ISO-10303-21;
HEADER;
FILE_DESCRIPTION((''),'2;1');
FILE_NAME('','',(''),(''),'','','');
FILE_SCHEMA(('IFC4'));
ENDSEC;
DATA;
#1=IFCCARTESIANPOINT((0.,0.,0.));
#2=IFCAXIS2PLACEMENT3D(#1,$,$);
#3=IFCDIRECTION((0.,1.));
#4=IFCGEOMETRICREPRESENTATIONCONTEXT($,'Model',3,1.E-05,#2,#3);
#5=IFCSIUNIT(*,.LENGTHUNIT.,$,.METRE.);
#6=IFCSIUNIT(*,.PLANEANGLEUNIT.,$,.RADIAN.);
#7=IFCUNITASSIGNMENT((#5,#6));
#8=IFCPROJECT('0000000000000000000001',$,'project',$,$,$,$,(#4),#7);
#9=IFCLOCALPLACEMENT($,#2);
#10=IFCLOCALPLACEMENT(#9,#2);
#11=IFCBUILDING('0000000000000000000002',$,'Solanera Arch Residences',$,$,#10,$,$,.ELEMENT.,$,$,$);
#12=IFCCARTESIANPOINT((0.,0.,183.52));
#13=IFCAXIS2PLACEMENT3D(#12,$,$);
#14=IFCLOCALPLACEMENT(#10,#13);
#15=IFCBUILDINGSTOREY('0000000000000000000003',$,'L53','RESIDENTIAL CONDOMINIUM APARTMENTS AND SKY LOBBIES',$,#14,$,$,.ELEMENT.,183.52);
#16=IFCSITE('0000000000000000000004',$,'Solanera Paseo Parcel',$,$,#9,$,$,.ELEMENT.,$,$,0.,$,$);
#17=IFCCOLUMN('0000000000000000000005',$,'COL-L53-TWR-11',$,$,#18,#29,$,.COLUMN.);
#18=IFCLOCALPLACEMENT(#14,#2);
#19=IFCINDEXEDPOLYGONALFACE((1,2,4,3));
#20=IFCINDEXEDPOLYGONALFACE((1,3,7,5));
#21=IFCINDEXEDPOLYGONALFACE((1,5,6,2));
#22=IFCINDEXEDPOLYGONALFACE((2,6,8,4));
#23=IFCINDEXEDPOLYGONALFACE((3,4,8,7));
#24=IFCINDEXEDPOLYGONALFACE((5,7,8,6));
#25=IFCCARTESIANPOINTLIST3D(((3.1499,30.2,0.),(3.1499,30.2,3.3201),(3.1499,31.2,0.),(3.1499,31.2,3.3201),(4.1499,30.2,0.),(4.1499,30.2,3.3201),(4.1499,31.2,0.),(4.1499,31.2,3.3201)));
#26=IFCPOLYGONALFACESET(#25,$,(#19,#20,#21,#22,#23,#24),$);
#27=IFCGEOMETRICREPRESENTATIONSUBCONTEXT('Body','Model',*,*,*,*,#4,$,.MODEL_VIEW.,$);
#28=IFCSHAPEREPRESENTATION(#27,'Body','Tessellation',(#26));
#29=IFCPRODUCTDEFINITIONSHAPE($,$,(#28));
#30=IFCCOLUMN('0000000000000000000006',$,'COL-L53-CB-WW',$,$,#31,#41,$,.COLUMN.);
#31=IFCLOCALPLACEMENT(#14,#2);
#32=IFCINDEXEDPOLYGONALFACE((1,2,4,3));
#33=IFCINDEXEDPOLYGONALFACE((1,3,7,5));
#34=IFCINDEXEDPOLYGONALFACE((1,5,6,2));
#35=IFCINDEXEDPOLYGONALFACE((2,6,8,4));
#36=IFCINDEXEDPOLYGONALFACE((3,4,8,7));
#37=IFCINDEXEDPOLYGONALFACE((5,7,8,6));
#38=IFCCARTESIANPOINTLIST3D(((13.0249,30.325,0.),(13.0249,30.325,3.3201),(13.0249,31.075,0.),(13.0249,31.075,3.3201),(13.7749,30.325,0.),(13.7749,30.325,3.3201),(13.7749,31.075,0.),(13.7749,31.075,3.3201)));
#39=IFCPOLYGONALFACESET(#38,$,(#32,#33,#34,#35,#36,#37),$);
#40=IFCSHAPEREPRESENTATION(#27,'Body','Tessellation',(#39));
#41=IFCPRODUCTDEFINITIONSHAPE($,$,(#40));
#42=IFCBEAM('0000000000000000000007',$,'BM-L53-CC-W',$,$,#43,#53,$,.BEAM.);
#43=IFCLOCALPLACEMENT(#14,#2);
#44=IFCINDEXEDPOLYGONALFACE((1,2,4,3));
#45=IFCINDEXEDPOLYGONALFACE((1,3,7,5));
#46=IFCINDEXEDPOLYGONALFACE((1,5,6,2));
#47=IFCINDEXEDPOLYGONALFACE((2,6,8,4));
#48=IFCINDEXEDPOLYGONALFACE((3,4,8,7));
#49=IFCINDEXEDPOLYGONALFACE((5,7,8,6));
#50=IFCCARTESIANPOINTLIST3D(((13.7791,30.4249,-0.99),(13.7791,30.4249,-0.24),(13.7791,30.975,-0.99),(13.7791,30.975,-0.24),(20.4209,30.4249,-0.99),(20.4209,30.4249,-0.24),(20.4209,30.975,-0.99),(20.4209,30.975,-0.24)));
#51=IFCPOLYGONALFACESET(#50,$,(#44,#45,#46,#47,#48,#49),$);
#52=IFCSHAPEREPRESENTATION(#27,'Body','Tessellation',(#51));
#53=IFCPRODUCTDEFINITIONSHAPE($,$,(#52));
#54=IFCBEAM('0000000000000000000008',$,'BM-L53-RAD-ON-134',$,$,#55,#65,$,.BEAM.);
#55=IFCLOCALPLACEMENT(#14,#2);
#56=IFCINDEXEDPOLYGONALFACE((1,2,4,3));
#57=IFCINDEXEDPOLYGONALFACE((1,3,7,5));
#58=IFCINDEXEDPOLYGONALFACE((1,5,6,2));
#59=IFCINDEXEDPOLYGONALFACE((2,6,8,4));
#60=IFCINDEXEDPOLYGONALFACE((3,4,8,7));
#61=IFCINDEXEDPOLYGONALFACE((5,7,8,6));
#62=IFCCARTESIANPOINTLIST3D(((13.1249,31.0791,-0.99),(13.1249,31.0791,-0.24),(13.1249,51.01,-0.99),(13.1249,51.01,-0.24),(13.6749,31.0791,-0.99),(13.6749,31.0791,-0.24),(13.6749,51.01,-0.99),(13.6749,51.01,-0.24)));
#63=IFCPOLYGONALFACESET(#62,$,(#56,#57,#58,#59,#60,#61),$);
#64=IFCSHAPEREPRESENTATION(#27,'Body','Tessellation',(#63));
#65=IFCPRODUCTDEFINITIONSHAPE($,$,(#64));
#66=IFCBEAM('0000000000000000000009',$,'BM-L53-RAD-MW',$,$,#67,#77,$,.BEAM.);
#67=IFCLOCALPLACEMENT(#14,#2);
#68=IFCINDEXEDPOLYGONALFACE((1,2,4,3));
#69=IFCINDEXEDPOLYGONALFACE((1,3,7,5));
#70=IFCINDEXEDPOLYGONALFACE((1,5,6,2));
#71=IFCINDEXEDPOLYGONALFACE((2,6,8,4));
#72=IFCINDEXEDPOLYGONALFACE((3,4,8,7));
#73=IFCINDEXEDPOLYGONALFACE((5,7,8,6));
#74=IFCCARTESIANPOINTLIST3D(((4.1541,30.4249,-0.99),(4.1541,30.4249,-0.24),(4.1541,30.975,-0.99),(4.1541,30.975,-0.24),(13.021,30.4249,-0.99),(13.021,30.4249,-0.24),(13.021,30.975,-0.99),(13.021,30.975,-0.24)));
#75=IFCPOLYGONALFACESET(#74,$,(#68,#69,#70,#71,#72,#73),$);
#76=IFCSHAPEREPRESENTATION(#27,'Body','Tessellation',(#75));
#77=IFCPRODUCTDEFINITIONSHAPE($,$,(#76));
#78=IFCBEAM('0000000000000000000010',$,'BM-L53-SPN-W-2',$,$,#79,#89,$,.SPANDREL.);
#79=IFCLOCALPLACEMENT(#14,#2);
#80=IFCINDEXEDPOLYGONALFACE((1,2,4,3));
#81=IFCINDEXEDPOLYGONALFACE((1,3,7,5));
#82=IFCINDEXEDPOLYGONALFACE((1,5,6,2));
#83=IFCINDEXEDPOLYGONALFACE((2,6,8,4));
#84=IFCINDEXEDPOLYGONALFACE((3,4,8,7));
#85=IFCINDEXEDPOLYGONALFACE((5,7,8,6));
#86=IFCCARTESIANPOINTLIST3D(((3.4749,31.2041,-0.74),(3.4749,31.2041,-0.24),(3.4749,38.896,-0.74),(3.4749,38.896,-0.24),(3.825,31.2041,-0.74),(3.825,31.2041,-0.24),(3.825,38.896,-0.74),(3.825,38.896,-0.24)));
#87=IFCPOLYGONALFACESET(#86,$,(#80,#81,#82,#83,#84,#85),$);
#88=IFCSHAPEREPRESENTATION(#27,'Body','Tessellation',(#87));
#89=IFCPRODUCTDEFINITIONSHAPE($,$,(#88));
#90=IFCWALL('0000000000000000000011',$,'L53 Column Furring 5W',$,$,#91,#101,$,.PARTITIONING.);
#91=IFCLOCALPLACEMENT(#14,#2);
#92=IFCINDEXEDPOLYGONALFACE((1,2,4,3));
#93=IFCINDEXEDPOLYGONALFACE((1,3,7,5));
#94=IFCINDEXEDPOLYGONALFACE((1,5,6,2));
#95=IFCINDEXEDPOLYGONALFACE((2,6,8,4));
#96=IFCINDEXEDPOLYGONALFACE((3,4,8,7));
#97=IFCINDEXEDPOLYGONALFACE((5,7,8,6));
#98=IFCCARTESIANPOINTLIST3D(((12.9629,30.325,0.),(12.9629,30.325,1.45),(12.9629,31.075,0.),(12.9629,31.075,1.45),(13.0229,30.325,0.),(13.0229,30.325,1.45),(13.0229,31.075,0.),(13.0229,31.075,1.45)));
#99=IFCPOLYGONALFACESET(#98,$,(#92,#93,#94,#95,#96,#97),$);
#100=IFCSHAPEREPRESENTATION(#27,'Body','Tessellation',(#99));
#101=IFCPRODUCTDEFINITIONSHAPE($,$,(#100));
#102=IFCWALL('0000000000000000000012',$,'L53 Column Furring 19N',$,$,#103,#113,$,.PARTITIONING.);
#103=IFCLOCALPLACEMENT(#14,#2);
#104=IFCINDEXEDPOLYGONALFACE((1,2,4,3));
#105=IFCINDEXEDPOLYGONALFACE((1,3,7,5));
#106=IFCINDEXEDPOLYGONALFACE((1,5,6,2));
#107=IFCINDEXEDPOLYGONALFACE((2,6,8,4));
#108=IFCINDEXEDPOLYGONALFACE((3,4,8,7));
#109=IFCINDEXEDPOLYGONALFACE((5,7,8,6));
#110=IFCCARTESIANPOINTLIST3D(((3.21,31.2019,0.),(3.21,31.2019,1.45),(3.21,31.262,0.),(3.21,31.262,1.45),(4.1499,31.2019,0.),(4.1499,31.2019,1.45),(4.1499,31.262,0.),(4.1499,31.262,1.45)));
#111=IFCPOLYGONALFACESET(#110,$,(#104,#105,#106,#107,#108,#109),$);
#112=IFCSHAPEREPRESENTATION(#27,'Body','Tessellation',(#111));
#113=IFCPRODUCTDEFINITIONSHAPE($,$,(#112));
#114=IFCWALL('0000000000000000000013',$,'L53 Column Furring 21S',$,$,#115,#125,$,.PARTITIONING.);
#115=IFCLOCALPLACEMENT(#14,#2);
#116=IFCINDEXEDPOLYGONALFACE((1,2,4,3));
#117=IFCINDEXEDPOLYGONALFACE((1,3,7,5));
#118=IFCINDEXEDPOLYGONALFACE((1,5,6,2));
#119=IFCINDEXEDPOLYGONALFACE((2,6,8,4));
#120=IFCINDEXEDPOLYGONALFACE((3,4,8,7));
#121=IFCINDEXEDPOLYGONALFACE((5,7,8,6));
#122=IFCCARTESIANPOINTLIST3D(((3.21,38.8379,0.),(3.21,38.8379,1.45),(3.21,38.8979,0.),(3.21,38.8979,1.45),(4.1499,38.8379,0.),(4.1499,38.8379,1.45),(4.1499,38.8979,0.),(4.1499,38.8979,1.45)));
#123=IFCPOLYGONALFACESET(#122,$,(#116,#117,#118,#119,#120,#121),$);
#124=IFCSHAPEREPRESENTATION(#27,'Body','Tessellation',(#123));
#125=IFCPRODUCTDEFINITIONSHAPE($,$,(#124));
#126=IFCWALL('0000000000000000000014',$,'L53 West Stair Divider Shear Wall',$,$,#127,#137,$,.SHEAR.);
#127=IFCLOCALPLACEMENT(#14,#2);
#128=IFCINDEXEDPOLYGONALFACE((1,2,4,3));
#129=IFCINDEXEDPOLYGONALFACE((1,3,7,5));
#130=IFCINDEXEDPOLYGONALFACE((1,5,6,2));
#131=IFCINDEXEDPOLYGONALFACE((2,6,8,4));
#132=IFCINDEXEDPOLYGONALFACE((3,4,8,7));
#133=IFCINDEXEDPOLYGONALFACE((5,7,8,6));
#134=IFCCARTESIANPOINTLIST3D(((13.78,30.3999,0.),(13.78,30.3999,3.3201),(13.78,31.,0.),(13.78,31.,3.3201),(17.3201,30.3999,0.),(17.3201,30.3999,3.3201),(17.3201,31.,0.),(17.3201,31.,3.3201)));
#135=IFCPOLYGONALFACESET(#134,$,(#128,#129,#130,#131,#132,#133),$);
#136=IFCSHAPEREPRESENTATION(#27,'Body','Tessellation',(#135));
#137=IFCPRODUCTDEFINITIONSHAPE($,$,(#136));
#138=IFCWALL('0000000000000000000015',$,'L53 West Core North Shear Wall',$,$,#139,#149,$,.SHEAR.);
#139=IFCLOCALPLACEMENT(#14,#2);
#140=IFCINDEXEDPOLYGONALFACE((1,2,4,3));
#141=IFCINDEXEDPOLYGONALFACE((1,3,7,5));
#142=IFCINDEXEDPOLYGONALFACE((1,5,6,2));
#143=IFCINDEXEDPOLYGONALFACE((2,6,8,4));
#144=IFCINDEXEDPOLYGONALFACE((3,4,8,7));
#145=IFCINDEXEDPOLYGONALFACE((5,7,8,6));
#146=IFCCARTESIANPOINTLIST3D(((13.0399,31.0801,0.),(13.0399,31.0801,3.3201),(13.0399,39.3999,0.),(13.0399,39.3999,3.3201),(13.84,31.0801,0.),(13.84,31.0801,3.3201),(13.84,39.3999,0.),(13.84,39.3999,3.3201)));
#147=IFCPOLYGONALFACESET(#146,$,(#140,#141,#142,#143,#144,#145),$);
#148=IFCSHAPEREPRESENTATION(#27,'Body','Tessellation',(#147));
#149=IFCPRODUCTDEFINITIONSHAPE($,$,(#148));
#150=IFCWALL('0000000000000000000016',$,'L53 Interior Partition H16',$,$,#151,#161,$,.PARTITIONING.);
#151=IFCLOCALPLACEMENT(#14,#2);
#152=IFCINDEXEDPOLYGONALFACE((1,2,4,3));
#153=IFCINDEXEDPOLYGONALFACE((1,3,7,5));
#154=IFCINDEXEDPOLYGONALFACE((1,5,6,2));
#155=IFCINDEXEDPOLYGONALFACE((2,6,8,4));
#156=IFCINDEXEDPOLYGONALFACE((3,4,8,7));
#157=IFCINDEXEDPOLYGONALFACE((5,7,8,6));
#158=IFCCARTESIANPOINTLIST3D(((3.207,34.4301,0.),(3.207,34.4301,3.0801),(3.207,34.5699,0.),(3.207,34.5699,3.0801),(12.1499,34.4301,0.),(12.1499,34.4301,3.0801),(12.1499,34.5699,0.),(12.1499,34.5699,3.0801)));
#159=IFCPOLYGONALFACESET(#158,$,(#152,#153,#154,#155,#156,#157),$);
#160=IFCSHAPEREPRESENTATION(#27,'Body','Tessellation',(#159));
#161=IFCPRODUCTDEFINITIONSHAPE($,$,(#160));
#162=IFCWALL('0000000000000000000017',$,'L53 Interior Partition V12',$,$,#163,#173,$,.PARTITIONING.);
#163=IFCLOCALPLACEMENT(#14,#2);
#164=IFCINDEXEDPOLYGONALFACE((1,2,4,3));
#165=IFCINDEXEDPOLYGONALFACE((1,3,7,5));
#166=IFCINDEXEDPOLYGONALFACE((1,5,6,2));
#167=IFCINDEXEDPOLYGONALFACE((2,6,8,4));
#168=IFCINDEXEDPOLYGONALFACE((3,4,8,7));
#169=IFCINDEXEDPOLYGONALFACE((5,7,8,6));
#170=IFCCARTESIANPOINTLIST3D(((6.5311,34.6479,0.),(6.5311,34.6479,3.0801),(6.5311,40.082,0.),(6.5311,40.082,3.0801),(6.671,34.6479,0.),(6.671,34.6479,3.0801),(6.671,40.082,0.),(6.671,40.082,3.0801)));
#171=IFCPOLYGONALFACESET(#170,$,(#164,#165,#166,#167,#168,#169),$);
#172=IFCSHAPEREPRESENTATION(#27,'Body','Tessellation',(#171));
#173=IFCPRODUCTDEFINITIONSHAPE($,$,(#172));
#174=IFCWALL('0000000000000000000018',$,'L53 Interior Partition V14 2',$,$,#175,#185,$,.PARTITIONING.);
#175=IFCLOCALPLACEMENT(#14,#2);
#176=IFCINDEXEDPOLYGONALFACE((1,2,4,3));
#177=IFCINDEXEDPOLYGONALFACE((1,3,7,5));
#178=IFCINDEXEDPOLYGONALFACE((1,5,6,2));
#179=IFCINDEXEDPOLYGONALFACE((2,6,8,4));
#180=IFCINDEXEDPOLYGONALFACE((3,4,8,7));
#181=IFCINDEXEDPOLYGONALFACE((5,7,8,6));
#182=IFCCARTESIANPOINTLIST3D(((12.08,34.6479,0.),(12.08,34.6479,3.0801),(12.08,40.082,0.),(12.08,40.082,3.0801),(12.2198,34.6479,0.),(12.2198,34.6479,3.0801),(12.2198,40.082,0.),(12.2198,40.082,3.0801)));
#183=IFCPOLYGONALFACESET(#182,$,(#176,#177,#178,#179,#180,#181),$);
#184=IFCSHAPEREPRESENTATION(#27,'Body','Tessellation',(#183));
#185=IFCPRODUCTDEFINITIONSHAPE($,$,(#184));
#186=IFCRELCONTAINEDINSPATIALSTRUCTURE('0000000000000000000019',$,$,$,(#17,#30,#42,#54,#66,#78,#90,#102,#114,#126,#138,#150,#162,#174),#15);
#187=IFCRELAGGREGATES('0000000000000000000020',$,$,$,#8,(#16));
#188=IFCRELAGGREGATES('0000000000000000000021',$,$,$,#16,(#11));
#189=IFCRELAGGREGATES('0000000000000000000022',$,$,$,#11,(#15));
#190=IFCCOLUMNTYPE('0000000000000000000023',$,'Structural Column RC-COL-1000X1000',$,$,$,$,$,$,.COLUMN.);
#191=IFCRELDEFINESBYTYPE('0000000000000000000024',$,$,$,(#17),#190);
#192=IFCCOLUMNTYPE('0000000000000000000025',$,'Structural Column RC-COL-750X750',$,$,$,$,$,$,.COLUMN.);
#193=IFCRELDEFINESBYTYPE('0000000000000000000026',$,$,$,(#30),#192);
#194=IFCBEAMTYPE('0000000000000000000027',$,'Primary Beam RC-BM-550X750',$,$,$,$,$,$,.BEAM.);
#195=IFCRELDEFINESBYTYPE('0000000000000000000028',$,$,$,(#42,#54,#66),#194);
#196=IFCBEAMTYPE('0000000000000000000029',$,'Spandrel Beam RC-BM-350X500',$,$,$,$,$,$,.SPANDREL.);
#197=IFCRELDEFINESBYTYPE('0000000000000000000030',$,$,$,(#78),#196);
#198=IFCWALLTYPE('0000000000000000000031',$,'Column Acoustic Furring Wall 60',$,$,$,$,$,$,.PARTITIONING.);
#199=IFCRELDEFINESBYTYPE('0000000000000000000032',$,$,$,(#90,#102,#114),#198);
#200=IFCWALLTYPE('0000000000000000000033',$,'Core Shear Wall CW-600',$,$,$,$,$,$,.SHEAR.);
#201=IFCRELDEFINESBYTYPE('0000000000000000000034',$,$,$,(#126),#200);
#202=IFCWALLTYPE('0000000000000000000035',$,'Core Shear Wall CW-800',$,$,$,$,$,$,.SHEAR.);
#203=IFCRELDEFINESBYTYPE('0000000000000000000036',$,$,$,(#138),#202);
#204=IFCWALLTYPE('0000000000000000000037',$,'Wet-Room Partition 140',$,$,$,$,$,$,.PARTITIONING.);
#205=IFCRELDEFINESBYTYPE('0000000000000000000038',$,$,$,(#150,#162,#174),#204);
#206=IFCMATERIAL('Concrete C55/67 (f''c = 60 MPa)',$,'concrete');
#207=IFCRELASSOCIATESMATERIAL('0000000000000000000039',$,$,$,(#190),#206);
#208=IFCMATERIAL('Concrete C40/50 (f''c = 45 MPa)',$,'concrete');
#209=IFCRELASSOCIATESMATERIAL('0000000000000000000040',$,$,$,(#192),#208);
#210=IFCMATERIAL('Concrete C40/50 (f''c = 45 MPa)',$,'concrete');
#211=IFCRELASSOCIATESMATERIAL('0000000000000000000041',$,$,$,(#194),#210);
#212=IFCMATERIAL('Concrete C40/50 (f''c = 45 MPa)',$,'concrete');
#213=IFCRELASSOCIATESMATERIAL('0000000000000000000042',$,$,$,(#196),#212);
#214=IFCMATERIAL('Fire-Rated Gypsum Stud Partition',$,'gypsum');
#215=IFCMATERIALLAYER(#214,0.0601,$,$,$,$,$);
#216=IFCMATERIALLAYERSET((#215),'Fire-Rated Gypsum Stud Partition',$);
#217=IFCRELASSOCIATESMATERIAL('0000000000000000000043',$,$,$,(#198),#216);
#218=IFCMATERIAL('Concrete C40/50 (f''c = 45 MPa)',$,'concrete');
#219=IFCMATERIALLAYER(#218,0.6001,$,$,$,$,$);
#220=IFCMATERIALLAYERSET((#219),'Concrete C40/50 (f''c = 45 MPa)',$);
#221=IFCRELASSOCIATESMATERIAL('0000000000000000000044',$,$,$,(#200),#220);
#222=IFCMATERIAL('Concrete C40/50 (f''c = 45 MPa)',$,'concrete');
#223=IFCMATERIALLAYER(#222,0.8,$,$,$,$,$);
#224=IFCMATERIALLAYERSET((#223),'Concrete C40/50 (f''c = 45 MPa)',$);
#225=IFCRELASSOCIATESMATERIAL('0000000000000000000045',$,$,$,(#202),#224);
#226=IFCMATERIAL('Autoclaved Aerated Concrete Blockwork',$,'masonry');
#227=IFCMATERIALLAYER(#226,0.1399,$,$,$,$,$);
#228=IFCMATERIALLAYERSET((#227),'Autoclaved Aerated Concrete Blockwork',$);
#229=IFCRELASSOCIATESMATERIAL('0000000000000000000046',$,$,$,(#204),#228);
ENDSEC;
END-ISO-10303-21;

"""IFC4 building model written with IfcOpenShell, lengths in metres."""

from ifc_helpers import new_model, si_unit, direction, frame, frame_2d, origin, origin_2d, place, context, subcontext, project, spatial, rectangle, extrude, material, layer, layer_set, material_profile, profile_set, type_object, element, save


model = new_model("IFC4")

# Units and contexts
model_context = context("Model", 3, precision=1e-05, world=origin(), true_north=direction((0.0, 1.0)))
body_context = subcontext(model_context, "Body", "Model", "MODEL_VIEW")
ifc_project = project(units=[si_unit("LENGTHUNIT", "METRE"), si_unit("PLANEANGLEUNIT", "RADIAN")], contexts=[model_context])

# Site, building, storey
site_placement = place(None, origin())
site = spatial("IfcSite", under=ifc_project, at=site_placement, Name="Solanera Paseo Parcel", CompositionType="ELEMENT", RefElevation=0.0)
building_placement = place(site_placement, origin())
building = spatial("IfcBuilding", under=site, at=building_placement, Name="Solanera Arch Residences", CompositionType="ELEMENT")
storey_placement = place(building_placement, frame((0.0, 0.0, 183.52)))
storey = spatial("IfcBuildingStorey", under=building, at=storey_placement, Name="L53", Description="RESIDENTIAL CONDOMINIUM APARTMENTS AND SKY LOBBIES", CompositionType="ELEMENT", Elevation=183.52)

# Columns
ifc_material_1 = material(Name="Concrete C55/67 (f'c = 60 MPa)", Category="concrete")
ifc_material_profile_1 = material_profile(ifc_material_1, rectangle(XDim=1.0, YDim=1.0, at=origin_2d()))
ifc_profile_set_1 = profile_set([ifc_material_profile_1], Name="Concrete C55/67 (f'c = 60 MPa)")
column_type_1 = type_object("IfcColumnType", Name="Structural Column RC-COL-1000X1000", PredefinedType="COLUMN", material=ifc_profile_set_1)
column_1_placement = place(storey_placement, frame((3.6499, 30.7, 0.0), z_axis=(0.0, 0.0, 1.0), x_axis=(1.0, 0.0, 0.0)))
element("IfcColumn", 1, at=column_1_placement, inside=storey, type_object=column_type_1, Name="COL-L53-TWR-11", PredefinedType="COLUMN", context=body_context, shape_type="SweptSolid", body=[
    extrude(rectangle(XDim=1.0, YDim=1.0, at=origin_2d()), origin(), (0.0, 0.0, 1.0), 3.3201),
])
ifc_material_2 = material(Name="Concrete C40/50 (f'c = 45 MPa)", Category="concrete")
ifc_material_profile_2 = material_profile(ifc_material_2, rectangle(XDim=0.75, YDim=0.75, at=origin_2d()))
ifc_profile_set_2 = profile_set([ifc_material_profile_2], Name="Concrete C40/50 (f'c = 45 MPa)")
column_type_2 = type_object("IfcColumnType", Name="Structural Column RC-COL-750X750", PredefinedType="COLUMN", material=ifc_profile_set_2)
column_2_placement = place(storey_placement, frame((13.3999, 30.7, 0.0), z_axis=(0.0, 0.0, 1.0), x_axis=(1.0, 0.0, 0.0)))
element("IfcColumn", 2, at=column_2_placement, inside=storey, type_object=column_type_2, Name="COL-L53-CB-WW", PredefinedType="COLUMN", context=body_context, shape_type="SweptSolid", body=[
    extrude(rectangle(XDim=0.75, YDim=0.75, at=origin_2d()), origin(), (0.0, 0.0, 1.0), 3.3201),
])

# Beams
ifc_material_3 = material(Name="Concrete C40/50 (f'c = 45 MPa)", Category="concrete")
ifc_material_profile_3 = material_profile(ifc_material_3, rectangle(XDim=0.55, YDim=0.75, at=origin_2d()))
ifc_profile_set_3 = profile_set([ifc_material_profile_3], Name="Concrete C40/50 (f'c = 45 MPa)")
beam_type_1 = type_object("IfcBeamType", Name="Primary Beam RC-BM-550X750", PredefinedType="BEAM", material=ifc_profile_set_3)
beam_1_placement = place(storey_placement, frame((13.7791, 30.7, -0.615), z_axis=(1.0, 0.0, 0.0), x_axis=(0.0, 1.0, 0.0)))
element("IfcBeam", 3, at=beam_1_placement, inside=storey, type_object=beam_type_1, Name="BM-L53-CC-W", PredefinedType="BEAM", context=body_context, shape_type="SweptSolid", body=[
    extrude(rectangle(XDim=0.55, YDim=0.75, at=origin_2d()), origin(), (0.0, 0.0, 1.0), 6.6418),
])
beam_2_placement = place(storey_placement, frame((13.3999, 31.0791, -0.615), z_axis=(0.0, 1.0, 0.0), x_axis=(-1.0, 0.0, 0.0)))
element("IfcBeam", 4, at=beam_2_placement, inside=storey, type_object=beam_type_1, Name="BM-L53-RAD-ON-134", PredefinedType="BEAM", context=body_context, shape_type="SweptSolid", body=[
    extrude(rectangle(XDim=0.55, YDim=0.75, at=origin_2d()), origin(), (0.0, 0.0, 1.0), 19.9309),
])
beam_3_placement = place(storey_placement, frame((4.1541, 30.7, -0.615), z_axis=(1.0, 0.0, 0.0), x_axis=(0.0, 1.0, 0.0)))
element("IfcBeam", 5, at=beam_3_placement, inside=storey, type_object=beam_type_1, Name="BM-L53-RAD-MW", PredefinedType="BEAM", context=body_context, shape_type="SweptSolid", body=[
    extrude(rectangle(XDim=0.55, YDim=0.75, at=origin_2d()), origin(), (0.0, 0.0, 1.0), 8.8669),
])
ifc_material_4 = material(Name="Concrete C40/50 (f'c = 45 MPa)", Category="concrete")
ifc_material_profile_4 = material_profile(ifc_material_4, rectangle(XDim=0.3501, YDim=0.5, at=origin_2d()))
ifc_profile_set_4 = profile_set([ifc_material_profile_4], Name="Concrete C40/50 (f'c = 45 MPa)")
beam_type_2 = type_object("IfcBeamType", Name="Spandrel Beam RC-BM-350X500", PredefinedType="SPANDREL", material=ifc_profile_set_4)
beam_4_placement = place(storey_placement, frame((3.6499, 31.2041, -0.49), z_axis=(0.0, 1.0, 0.0), x_axis=(-1.0, 0.0, 0.0)))
element("IfcBeam", 6, at=beam_4_placement, inside=storey, type_object=beam_type_2, Name="BM-L53-SPN-W-2", PredefinedType="SPANDREL", context=body_context, shape_type="SweptSolid", body=[
    extrude(rectangle(XDim=0.3501, YDim=0.5, at=origin_2d()), origin(), (0.0, 0.0, 1.0), 7.6919),
])

# Walls
ifc_material_5 = material(Name="Fire-Rated Gypsum Stud Partition", Category="gypsum")
ifc_layer_1 = layer(ifc_material_5, 0.0601)
ifc_layer_set_1 = layer_set([ifc_layer_1], Name="Fire-Rated Gypsum Stud Partition")
wall_type_1 = type_object("IfcWallType", Name="Column Acoustic Furring Wall 60", PredefinedType="PARTITIONING", material=ifc_layer_set_1)
wall_1_placement = place(storey_placement, frame((12.9929, 30.325, 0.0), z_axis=(0.0, 0.0, 1.0), x_axis=(0.0, 1.0, 0.0)))
element("IfcWall", 7, at=wall_1_placement, inside=storey, type_object=wall_type_1, Name="L53 Column Furring 5W", PredefinedType="PARTITIONING", context=body_context, shape_type="SweptSolid", body=[
    extrude(rectangle(XDim=0.75, YDim=0.0601, at=frame_2d((0.375, 0.0))), origin(), (0.0, 0.0, 1.0), 1.45),
])
for number, where, z_axis, x_axis, name in (
    (8, (3.21, 31.2319, 0.0), (0.0, 0.0, 1.0), (1.0, 0.0, 0.0), "L53 Column Furring 19N"),
    (9, (3.21, 38.8679, 0.0), (0.0, 0.0, 1.0), (1.0, 0.0, 0.0), "L53 Column Furring 21S"),
):
    element("IfcWall", number, at=place(storey_placement, frame(where, z_axis=z_axis, x_axis=x_axis)), inside=storey, type_object=wall_type_1, Name=name, PredefinedType="PARTITIONING", context=body_context, shape_type="SweptSolid", body=[
        extrude(rectangle(XDim=0.9399, YDim=0.0601, at=frame_2d((0.47, 0.0))), origin(), (0.0, 0.0, 1.0), 1.45),
    ])
ifc_material_6 = material(Name="Concrete C40/50 (f'c = 45 MPa)", Category="concrete")
ifc_layer_2 = layer(ifc_material_6, 0.6001)
ifc_layer_set_2 = layer_set([ifc_layer_2], Name="Concrete C40/50 (f'c = 45 MPa)")
wall_type_2 = type_object("IfcWallType", Name="Core Shear Wall CW-600", PredefinedType="SHEAR", material=ifc_layer_set_2)
wall_2_placement = place(storey_placement, frame((13.78, 30.7, 0.0), z_axis=(0.0, 0.0, 1.0), x_axis=(1.0, 0.0, 0.0)))
element("IfcWall", 10, at=wall_2_placement, inside=storey, type_object=wall_type_2, Name="L53 West Stair Divider Shear Wall", PredefinedType="SHEAR", context=body_context, shape_type="SweptSolid", body=[
    extrude(rectangle(XDim=3.54, YDim=0.6001, at=frame_2d((1.77, 0.0))), origin(), (0.0, 0.0, 1.0), 3.3201),
])
ifc_material_7 = material(Name="Concrete C40/50 (f'c = 45 MPa)", Category="concrete")
ifc_layer_3 = layer(ifc_material_7, 0.8)
ifc_layer_set_3 = layer_set([ifc_layer_3], Name="Concrete C40/50 (f'c = 45 MPa)")
wall_type_3 = type_object("IfcWallType", Name="Core Shear Wall CW-800", PredefinedType="SHEAR", material=ifc_layer_set_3)
wall_3_placement = place(storey_placement, frame((13.4399, 31.0801, 0.0), z_axis=(0.0, 0.0, 1.0), x_axis=(0.0, 1.0, 0.0)))
element("IfcWall", 11, at=wall_3_placement, inside=storey, type_object=wall_type_3, Name="L53 West Core North Shear Wall", PredefinedType="SHEAR", context=body_context, shape_type="SweptSolid", body=[
    extrude(rectangle(XDim=8.3198, YDim=0.8, at=frame_2d((4.1599, 0.0))), origin(), (0.0, 0.0, 1.0), 3.3201),
])
ifc_material_8 = material(Name="Autoclaved Aerated Concrete Blockwork", Category="masonry")
ifc_layer_4 = layer(ifc_material_8, 0.1399)
ifc_layer_set_4 = layer_set([ifc_layer_4], Name="Autoclaved Aerated Concrete Blockwork")
wall_type_4 = type_object("IfcWallType", Name="Wet-Room Partition 140", PredefinedType="PARTITIONING", material=ifc_layer_set_4)
wall_4_placement = place(storey_placement, frame((3.207, 34.5, 0.0), z_axis=(0.0, 0.0, 1.0), x_axis=(1.0, 0.0, 0.0)))
element("IfcWall", 12, at=wall_4_placement, inside=storey, type_object=wall_type_4, Name="L53 Interior Partition H16", PredefinedType="PARTITIONING", context=body_context, shape_type="SweptSolid", body=[
    extrude(rectangle(XDim=8.9429, YDim=0.1399, at=frame_2d((4.4714, 0.0))), origin(), (0.0, 0.0, 1.0), 3.0801),
])
for number, where, z_axis, x_axis, name in (
    (13, (6.6011, 34.6479, 0.0), (0.0, 0.0, 1.0), (0.0, 1.0, 0.0), "L53 Interior Partition V12"),
    (14, (12.1499, 34.6479, 0.0), (0.0, 0.0, 1.0), (0.0, 1.0, 0.0), "L53 Interior Partition V14 2"),
):
    element("IfcWall", number, at=place(storey_placement, frame(where, z_axis=z_axis, x_axis=x_axis)), inside=storey, type_object=wall_type_4, Name=name, PredefinedType="PARTITIONING", context=body_context, shape_type="SweptSolid", body=[
        extrude(rectangle(XDim=5.4341, YDim=0.1399, at=frame_2d((2.717, 0.0))), origin(), (0.0, 0.0, 1.0), 3.0801),
    ])

save(model, "model.ifc")
